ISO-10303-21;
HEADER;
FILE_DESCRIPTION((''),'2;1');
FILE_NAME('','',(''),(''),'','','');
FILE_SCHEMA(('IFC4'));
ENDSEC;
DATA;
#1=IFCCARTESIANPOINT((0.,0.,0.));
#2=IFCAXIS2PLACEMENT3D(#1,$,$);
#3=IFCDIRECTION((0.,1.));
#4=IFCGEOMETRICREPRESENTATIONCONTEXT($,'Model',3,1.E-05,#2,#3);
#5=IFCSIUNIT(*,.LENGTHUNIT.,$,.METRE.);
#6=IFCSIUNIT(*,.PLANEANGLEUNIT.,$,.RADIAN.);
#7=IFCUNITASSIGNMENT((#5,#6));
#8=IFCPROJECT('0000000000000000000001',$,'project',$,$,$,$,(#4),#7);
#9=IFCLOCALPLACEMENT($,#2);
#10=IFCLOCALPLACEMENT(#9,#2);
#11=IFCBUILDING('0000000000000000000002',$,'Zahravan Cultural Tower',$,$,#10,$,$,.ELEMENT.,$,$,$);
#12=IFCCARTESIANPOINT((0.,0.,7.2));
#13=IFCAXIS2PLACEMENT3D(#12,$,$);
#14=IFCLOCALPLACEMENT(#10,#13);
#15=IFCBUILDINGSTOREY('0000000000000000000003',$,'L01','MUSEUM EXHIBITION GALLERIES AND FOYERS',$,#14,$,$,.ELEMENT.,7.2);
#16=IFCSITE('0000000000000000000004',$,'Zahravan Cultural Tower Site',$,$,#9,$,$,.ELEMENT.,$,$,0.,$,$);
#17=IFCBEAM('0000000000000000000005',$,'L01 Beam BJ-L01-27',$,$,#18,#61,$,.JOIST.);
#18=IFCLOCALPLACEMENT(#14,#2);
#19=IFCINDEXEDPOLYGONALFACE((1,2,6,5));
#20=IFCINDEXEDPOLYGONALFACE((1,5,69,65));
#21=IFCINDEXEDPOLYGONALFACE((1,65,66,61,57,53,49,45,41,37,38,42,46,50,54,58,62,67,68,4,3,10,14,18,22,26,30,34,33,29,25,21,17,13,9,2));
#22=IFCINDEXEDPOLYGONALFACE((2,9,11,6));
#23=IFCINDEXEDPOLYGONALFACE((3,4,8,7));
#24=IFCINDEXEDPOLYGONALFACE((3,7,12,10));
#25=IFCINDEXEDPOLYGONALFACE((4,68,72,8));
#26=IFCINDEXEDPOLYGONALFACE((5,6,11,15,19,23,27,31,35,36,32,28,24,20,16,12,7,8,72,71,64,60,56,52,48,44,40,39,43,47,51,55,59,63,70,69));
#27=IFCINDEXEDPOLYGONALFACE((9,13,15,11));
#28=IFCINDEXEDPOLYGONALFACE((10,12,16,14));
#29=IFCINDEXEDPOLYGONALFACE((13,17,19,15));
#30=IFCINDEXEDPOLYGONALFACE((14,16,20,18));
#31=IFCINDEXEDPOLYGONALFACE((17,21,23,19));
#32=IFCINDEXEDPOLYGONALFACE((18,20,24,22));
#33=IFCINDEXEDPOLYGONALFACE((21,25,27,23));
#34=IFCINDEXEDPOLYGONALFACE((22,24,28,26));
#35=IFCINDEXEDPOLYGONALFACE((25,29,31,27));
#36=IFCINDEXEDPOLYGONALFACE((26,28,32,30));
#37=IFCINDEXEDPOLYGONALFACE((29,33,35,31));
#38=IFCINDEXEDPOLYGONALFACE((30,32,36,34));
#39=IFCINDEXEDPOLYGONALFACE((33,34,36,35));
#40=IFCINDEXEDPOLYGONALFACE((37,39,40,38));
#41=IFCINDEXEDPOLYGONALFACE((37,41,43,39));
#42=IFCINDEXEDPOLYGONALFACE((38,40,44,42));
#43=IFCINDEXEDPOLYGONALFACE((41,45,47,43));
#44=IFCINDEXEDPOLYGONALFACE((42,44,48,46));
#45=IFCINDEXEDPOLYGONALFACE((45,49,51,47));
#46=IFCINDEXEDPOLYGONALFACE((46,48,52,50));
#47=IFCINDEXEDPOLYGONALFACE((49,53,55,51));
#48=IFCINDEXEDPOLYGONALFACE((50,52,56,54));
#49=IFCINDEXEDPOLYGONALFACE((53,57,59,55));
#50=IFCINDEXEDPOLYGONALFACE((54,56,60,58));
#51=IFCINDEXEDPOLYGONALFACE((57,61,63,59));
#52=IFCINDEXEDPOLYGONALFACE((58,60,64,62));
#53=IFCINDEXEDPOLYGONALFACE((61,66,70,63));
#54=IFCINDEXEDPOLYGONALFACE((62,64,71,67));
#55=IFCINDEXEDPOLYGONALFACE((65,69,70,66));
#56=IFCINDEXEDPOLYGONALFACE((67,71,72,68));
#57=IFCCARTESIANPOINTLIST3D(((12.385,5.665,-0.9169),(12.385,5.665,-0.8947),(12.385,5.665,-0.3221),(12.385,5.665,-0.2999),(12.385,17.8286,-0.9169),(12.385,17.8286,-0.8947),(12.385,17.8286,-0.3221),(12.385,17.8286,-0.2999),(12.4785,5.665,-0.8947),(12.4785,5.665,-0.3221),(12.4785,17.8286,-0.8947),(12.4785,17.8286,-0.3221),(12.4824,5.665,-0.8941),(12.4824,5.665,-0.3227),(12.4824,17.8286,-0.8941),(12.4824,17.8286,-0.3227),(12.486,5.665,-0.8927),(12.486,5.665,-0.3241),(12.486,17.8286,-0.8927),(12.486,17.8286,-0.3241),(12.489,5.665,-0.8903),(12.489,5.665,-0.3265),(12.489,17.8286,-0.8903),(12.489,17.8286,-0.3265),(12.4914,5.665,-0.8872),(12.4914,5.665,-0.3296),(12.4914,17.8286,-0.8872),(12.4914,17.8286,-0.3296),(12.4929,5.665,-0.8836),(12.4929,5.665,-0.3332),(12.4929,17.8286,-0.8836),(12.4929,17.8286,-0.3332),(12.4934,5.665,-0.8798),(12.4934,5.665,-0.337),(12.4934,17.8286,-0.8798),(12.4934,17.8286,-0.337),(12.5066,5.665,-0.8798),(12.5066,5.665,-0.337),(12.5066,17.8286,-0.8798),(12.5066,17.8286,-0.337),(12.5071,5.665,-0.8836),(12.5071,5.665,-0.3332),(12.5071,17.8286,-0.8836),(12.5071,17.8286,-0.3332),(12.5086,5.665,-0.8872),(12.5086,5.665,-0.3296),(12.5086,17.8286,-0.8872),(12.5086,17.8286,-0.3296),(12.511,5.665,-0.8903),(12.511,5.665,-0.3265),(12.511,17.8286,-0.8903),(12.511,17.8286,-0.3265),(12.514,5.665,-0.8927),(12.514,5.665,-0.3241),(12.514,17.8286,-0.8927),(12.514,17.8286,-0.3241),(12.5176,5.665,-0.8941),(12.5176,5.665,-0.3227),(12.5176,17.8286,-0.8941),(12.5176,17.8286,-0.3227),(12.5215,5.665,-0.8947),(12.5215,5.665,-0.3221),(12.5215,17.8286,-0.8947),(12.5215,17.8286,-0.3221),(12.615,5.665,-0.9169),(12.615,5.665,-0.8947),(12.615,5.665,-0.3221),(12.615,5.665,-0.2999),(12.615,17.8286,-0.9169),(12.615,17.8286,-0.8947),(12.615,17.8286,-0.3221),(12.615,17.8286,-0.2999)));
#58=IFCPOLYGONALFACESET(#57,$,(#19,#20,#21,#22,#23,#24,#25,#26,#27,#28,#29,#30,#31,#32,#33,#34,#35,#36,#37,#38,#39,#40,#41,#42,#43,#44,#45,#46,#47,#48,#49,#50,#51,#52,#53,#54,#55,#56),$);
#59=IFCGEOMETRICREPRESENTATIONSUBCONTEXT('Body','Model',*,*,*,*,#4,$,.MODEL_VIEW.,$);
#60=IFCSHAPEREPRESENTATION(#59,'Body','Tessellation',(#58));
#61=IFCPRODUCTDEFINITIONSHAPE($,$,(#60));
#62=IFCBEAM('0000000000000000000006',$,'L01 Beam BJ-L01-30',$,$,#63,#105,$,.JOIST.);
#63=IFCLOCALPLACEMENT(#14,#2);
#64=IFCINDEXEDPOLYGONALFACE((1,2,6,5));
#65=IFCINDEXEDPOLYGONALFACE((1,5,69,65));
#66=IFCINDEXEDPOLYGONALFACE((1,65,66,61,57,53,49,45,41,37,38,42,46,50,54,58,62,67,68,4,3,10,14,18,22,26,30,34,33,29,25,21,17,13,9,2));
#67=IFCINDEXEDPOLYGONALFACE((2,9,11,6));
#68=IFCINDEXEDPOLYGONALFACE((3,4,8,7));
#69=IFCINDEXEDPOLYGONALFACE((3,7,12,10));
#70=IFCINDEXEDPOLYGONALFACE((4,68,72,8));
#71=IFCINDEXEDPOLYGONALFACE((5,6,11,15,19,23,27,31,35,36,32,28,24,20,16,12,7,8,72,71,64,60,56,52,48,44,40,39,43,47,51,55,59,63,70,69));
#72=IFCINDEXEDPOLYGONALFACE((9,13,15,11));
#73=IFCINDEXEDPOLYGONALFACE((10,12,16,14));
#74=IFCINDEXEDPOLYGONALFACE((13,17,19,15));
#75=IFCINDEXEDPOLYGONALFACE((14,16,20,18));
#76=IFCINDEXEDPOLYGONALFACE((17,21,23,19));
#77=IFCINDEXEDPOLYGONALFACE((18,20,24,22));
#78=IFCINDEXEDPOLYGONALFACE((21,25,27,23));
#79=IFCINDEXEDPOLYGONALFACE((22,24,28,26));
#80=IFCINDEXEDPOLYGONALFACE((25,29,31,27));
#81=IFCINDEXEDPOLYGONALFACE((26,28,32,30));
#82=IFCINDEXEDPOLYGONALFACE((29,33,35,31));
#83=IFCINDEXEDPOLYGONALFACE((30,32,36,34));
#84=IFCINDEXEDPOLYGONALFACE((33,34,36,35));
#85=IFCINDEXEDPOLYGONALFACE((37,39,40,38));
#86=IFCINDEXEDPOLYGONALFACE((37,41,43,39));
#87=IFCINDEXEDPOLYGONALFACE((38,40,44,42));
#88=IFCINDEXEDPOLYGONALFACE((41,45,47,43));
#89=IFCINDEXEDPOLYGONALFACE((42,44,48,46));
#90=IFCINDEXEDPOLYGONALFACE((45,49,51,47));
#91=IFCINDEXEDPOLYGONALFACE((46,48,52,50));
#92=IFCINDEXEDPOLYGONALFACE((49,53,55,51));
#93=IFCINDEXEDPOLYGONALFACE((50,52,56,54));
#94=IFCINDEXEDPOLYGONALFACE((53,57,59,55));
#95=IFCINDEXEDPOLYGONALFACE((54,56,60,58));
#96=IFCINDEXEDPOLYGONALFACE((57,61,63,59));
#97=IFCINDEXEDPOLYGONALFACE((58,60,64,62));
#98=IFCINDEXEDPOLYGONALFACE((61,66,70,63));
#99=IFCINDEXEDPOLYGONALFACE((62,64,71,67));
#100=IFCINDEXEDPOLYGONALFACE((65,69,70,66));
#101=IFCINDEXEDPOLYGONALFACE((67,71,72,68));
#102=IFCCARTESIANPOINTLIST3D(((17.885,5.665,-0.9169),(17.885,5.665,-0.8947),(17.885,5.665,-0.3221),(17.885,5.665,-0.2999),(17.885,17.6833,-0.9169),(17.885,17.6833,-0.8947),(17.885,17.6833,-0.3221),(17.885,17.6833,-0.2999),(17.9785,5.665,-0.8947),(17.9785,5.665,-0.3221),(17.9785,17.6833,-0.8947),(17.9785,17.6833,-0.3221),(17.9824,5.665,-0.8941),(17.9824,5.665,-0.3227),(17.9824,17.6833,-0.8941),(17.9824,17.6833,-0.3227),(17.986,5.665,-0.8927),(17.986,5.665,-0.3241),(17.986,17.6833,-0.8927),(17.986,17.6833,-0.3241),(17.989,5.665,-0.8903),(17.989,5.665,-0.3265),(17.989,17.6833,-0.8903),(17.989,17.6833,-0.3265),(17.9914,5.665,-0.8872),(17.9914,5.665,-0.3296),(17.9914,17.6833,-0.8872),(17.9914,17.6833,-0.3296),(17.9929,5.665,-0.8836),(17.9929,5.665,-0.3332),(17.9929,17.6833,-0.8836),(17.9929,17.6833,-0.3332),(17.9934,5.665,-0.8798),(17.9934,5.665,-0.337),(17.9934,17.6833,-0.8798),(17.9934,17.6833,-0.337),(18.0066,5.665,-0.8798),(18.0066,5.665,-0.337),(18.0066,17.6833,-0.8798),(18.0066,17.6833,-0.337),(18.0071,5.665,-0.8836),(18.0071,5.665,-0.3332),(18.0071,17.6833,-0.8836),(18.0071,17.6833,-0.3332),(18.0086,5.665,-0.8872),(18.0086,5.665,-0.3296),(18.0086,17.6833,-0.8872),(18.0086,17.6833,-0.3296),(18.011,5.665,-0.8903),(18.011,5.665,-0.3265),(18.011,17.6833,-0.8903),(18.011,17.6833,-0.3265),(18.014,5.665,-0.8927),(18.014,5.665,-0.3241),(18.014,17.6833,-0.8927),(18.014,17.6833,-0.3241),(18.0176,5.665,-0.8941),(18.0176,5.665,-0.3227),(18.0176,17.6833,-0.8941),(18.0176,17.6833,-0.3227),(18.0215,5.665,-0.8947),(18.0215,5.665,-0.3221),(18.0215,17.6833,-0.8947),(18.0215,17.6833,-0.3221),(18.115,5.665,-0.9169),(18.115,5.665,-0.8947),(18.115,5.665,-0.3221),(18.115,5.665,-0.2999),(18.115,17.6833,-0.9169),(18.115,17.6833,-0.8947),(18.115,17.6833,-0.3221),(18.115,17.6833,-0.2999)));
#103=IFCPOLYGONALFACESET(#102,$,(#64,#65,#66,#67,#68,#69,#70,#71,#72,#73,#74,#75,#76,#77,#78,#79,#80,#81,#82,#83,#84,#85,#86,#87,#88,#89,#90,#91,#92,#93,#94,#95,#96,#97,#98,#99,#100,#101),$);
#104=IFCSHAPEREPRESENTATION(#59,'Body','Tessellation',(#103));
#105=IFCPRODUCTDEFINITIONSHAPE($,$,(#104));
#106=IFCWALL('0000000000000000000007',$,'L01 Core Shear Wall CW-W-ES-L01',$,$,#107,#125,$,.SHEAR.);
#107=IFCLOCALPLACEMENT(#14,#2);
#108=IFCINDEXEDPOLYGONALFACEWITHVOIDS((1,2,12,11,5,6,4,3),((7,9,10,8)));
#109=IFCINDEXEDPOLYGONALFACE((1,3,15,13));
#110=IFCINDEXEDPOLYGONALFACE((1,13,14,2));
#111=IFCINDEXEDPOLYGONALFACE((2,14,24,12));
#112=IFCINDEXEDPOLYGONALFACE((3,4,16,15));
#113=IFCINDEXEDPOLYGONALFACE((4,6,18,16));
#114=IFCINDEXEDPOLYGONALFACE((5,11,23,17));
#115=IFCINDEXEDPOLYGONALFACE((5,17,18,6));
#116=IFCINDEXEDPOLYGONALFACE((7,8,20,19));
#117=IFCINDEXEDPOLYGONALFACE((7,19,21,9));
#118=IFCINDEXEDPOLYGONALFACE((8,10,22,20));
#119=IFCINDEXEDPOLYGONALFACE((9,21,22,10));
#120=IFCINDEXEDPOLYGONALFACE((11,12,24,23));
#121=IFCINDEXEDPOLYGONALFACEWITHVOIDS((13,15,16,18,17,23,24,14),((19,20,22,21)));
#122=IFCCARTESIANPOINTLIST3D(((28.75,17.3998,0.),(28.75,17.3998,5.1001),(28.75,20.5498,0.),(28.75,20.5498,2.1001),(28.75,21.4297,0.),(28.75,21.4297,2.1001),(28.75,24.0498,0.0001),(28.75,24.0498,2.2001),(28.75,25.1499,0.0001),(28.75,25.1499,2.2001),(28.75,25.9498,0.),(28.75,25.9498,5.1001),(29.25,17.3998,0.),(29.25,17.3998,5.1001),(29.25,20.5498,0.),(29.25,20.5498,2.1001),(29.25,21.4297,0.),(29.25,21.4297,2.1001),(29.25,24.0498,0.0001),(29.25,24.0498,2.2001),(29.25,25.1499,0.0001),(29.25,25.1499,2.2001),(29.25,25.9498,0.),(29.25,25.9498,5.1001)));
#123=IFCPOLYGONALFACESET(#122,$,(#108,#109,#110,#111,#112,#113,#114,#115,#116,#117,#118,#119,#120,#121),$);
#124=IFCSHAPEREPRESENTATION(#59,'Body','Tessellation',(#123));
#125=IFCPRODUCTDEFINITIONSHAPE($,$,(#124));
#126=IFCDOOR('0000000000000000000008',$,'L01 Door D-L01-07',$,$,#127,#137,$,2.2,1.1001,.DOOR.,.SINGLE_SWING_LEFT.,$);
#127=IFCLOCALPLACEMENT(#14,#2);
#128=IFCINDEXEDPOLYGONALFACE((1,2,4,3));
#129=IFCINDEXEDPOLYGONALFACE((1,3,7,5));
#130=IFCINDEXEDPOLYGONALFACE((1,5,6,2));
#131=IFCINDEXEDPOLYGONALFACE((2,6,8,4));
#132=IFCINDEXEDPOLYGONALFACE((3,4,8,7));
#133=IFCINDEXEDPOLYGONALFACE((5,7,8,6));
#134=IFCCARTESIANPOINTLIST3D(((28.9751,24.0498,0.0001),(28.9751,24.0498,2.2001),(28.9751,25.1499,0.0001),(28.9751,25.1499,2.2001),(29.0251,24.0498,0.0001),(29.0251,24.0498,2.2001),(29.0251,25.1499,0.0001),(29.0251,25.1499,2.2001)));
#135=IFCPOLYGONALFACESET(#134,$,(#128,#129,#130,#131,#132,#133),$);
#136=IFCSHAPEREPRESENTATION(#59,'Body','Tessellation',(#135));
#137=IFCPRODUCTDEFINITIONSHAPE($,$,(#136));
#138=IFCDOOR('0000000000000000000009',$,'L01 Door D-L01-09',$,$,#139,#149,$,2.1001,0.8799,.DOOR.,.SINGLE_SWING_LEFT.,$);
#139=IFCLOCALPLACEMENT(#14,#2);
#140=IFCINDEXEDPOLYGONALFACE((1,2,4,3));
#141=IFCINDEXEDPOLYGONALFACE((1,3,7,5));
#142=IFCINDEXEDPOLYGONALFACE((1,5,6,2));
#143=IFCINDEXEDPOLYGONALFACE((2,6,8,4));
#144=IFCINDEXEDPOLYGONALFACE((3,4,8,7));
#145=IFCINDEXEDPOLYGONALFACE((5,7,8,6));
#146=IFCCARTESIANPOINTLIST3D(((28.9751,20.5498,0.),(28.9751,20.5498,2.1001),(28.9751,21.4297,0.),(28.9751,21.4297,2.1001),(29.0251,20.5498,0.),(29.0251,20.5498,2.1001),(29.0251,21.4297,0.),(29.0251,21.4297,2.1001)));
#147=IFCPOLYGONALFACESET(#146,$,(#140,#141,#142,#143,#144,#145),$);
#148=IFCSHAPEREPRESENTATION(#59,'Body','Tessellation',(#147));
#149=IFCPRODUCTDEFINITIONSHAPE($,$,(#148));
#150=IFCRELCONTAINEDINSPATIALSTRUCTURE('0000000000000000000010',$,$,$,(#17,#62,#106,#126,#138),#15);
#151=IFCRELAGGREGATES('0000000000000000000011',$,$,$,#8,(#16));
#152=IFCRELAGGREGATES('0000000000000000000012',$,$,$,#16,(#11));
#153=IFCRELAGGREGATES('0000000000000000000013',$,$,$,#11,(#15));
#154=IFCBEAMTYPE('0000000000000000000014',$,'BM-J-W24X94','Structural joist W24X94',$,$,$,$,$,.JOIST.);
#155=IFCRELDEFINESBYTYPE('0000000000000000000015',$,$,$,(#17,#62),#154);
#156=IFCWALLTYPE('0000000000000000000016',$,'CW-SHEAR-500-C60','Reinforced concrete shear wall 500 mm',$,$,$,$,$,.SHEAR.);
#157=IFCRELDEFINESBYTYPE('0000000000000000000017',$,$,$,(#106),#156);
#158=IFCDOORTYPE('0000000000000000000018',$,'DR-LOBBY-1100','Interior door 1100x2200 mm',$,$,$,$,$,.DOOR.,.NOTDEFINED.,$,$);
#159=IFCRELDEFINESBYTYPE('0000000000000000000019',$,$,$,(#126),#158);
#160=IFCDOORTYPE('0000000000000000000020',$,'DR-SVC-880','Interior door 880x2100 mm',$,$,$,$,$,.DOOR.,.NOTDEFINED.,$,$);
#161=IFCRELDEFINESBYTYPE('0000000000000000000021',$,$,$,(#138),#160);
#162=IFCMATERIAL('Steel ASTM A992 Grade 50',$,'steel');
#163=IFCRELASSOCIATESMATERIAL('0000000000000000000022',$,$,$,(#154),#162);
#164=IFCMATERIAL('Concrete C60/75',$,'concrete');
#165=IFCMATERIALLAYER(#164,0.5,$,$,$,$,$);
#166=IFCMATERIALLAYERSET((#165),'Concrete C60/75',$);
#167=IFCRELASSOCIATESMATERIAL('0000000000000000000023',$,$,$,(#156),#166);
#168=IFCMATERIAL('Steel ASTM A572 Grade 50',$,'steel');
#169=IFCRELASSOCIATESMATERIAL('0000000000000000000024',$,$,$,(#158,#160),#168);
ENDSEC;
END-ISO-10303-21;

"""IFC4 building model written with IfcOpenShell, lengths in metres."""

from ifc_helpers import new_model, si_unit, direction, frame, frame_2d, origin, origin_2d, place, context, subcontext, project, spatial, rectangle, i_section, extrude, source, transform, mapped, material, layer, layer_set, material_profile, profile_set, type_object, element, fill, save


model = new_model("IFC4")

# Units and contexts
model_context = context("Model", 3, precision=1e-05, world=origin(), true_north=direction((0.0, 1.0)))
body_context = subcontext(model_context, "Body", "Model", "MODEL_VIEW")
ifc_project = project(units=[si_unit("LENGTHUNIT", "METRE"), si_unit("PLANEANGLEUNIT", "RADIAN")], contexts=[model_context])

# Site, building, storey
site_placement = place(None, origin())
site = spatial("IfcSite", under=ifc_project, at=site_placement, Name="Zahravan Cultural Tower Site", CompositionType="ELEMENT", RefElevation=0.0)
building_placement = place(site_placement, origin())
building = spatial("IfcBuilding", under=site, at=building_placement, Name="Zahravan Cultural Tower", CompositionType="ELEMENT")
storey_placement = place(building_placement, frame((0.0, 0.0, 7.2)))
storey = spatial("IfcBuildingStorey", under=building, at=storey_placement, Name="L01", Description="MUSEUM EXHIBITION GALLERIES AND FOYERS", CompositionType="ELEMENT", Elevation=7.2)

# Shared definitions
ifc_material_1 = material(Name="Concrete C60/75", Category="concrete")
ifc_material_2 = material(Name="Steel ASTM A572 Grade 50", Category="steel")

# Beams
ifc_material_3 = material(Name="Steel ASTM A992 Grade 50", Category="steel")
ifc_material_profile_1 = material_profile(ifc_material_3, i_section(OverallWidth=0.23, OverallDepth=0.6169, WebThickness=0.0132, FlangeThickness=0.0222, FilletRadius=0.0149, at=origin_2d()), Name="W24X94")
ifc_profile_set_1 = profile_set([ifc_material_profile_1], Name="Steel ASTM A992 Grade 50")
beam_type_1 = type_object("IfcBeamType", Name="BM-J-W24X94", Description="Structural joist W24X94", PredefinedType="JOIST", material=ifc_profile_set_1)
shared_shape_1 = source(origin(), body_context, "Body", "SweptSolid", [
    extrude(i_section(OverallWidth=0.23, OverallDepth=0.6169, WebThickness=0.0132, FlangeThickness=0.0222, FilletRadius=0.0149, at=origin_2d()), origin(), (0.0, 0.0, 1.0), 12.1636),
])
beam_1_placement = place(storey_placement, frame((12.5, 5.665, -0.6084), z_axis=(0.0, 1.0, 0.0), x_axis=(-1.0, 0.0, 0.0)))
element("IfcBeam", 1, at=beam_1_placement, inside=storey, type_object=beam_type_1, Name="L01 Beam BJ-L01-27", PredefinedType="JOIST", context=body_context, shape_type="MappedRepresentation", body=[
    mapped(shared_shape_1, transform((0.0, 0.0, 0.0), x_axis=(1.0, 0.0, 0.0), y_axis=(0.0, 1.0, 0.0), z_axis=(0.0, 0.0, 1.0), scale=1.0)),
])
shared_shape_2 = source(origin(), body_context, "Body", "SweptSolid", [
    extrude(i_section(OverallWidth=0.23, OverallDepth=0.6169, WebThickness=0.0132, FlangeThickness=0.0222, FilletRadius=0.0149, at=origin_2d()), origin(), (0.0, 0.0, 1.0), 12.0183),
])
beam_2_placement = place(storey_placement, frame((18.0, 5.665, -0.6084), z_axis=(0.0, 1.0, 0.0), x_axis=(-1.0, 0.0, 0.0)))
element("IfcBeam", 2, at=beam_2_placement, inside=storey, type_object=beam_type_1, Name="L01 Beam BJ-L01-30", PredefinedType="JOIST", context=body_context, shape_type="MappedRepresentation", body=[
    mapped(shared_shape_2, transform((0.0, 0.0, 0.0), x_axis=(1.0, 0.0, 0.0), y_axis=(0.0, 1.0, 0.0), z_axis=(0.0, 0.0, 1.0), scale=1.0)),
])

# Wall, openings, doors
ifc_layer_1 = layer(ifc_material_1, 0.5)
ifc_layer_set_1 = layer_set([ifc_layer_1], Name="Concrete C60/75")
wall_type_1 = type_object("IfcWallType", Name="CW-SHEAR-500-C60", Description="Reinforced concrete shear wall 500 mm", PredefinedType="SHEAR", material=ifc_layer_set_1)
wall_1_placement = place(storey_placement, frame((29.0, 17.3999, 0.0), z_axis=(0.0, 0.0, 1.0), x_axis=(0.0, 1.0, 0.0)))
wall_1 = element("IfcWall", 3, at=wall_1_placement, inside=storey, type_object=wall_type_1, Name="L01 Core Shear Wall CW-W-ES-L01", PredefinedType="SHEAR", context=body_context, shape_type="SweptSolid", body=[
    extrude(rectangle(XDim=8.55, YDim=0.5, at=frame_2d((4.2749, 0.0))), origin(), (0.0, 0.0, 1.0), 5.1001),
])
opening_1_placement = place(wall_1_placement, frame((6.6499, 0.0, 0.0)))
opening_1 = element("IfcOpeningElement", 4, at=opening_1_placement, cuts=wall_1, PredefinedType="OPENING", context=body_context, shape_type="SweptSolid", body=[
    extrude(rectangle(XDim=1.1001, YDim=2.2, at=frame_2d((0.55, 1.1001))), frame((0.0, 0.26, 0.0), z_axis=(0.0, -1.0, 0.0), x_axis=(1.0, 0.0, 0.0)), (0.0, 0.0, 1.0), 0.52),
])
opening_2_placement = place(wall_1_placement, frame((3.1499, 0.0, 0.0)))
opening_2 = element("IfcOpeningElement", 5, at=opening_2_placement, cuts=wall_1, PredefinedType="OPENING", context=body_context, shape_type="SweptSolid", body=[
    extrude(rectangle(XDim=0.8799, YDim=2.1001, at=frame_2d((0.4399, 1.05))), frame((0.0, 0.26, 0.0), z_axis=(0.0, -1.0, 0.0), x_axis=(1.0, 0.0, 0.0)), (0.0, 0.0, 1.0), 0.52),
])
door_type_1 = type_object("IfcDoorType", Name="DR-LOBBY-1100", Description="Interior door 1100x2200 mm", OperationType="NOTDEFINED", PredefinedType="DOOR", material=ifc_material_2)
shared_shape_3 = source(origin(), body_context, "Body", "SweptSolid", [
    extrude(rectangle(XDim=1.1001, YDim=2.2, at=frame_2d((0.55, 1.1001))), frame((0.0, 0.0249, 0.0), z_axis=(0.0, -1.0, 0.0), x_axis=(1.0, 0.0, 0.0)), (0.0, 0.0, 1.0), 0.05),
])
door_1_placement = place(opening_1_placement, origin())
door_1 = element("IfcDoor", 6, at=door_1_placement, inside=storey, type_object=door_type_1, Name="L01 Door D-L01-07", OperationType="SINGLE_SWING_LEFT", OverallHeight=2.2, OverallWidth=1.1001, PredefinedType="DOOR", context=body_context, shape_type="MappedRepresentation", body=[
    mapped(shared_shape_3, transform((0.0, 0.0, 0.0), x_axis=(1.0, 0.0, 0.0), y_axis=(0.0, 1.0, 0.0), z_axis=(0.0, 0.0, 1.0), scale=1.0)),
])
fill(opening_1, door_1)
door_type_2 = type_object("IfcDoorType", Name="DR-SVC-880", Description="Interior door 880x2100 mm", OperationType="NOTDEFINED", PredefinedType="DOOR", material=ifc_material_2)
shared_shape_4 = source(origin(), body_context, "Body", "SweptSolid", [
    extrude(rectangle(XDim=0.8799, YDim=2.1001, at=frame_2d((0.4399, 1.05))), frame((0.0, 0.0249, 0.0), z_axis=(0.0, -1.0, 0.0), x_axis=(1.0, 0.0, 0.0)), (0.0, 0.0, 1.0), 0.05),
])
door_2_placement = place(opening_2_placement, origin())
door_2 = element("IfcDoor", 7, at=door_2_placement, inside=storey, type_object=door_type_2, Name="L01 Door D-L01-09", OperationType="SINGLE_SWING_LEFT", OverallHeight=2.1001, OverallWidth=0.8799, PredefinedType="DOOR", context=body_context, shape_type="MappedRepresentation", body=[
    mapped(shared_shape_4, transform((0.0, 0.0, 0.0), x_axis=(1.0, 0.0, 0.0), y_axis=(0.0, 1.0, 0.0), z_axis=(0.0, 0.0, 1.0), scale=1.0)),
])
fill(opening_2, door_2)

save(model, "model.ifc")
